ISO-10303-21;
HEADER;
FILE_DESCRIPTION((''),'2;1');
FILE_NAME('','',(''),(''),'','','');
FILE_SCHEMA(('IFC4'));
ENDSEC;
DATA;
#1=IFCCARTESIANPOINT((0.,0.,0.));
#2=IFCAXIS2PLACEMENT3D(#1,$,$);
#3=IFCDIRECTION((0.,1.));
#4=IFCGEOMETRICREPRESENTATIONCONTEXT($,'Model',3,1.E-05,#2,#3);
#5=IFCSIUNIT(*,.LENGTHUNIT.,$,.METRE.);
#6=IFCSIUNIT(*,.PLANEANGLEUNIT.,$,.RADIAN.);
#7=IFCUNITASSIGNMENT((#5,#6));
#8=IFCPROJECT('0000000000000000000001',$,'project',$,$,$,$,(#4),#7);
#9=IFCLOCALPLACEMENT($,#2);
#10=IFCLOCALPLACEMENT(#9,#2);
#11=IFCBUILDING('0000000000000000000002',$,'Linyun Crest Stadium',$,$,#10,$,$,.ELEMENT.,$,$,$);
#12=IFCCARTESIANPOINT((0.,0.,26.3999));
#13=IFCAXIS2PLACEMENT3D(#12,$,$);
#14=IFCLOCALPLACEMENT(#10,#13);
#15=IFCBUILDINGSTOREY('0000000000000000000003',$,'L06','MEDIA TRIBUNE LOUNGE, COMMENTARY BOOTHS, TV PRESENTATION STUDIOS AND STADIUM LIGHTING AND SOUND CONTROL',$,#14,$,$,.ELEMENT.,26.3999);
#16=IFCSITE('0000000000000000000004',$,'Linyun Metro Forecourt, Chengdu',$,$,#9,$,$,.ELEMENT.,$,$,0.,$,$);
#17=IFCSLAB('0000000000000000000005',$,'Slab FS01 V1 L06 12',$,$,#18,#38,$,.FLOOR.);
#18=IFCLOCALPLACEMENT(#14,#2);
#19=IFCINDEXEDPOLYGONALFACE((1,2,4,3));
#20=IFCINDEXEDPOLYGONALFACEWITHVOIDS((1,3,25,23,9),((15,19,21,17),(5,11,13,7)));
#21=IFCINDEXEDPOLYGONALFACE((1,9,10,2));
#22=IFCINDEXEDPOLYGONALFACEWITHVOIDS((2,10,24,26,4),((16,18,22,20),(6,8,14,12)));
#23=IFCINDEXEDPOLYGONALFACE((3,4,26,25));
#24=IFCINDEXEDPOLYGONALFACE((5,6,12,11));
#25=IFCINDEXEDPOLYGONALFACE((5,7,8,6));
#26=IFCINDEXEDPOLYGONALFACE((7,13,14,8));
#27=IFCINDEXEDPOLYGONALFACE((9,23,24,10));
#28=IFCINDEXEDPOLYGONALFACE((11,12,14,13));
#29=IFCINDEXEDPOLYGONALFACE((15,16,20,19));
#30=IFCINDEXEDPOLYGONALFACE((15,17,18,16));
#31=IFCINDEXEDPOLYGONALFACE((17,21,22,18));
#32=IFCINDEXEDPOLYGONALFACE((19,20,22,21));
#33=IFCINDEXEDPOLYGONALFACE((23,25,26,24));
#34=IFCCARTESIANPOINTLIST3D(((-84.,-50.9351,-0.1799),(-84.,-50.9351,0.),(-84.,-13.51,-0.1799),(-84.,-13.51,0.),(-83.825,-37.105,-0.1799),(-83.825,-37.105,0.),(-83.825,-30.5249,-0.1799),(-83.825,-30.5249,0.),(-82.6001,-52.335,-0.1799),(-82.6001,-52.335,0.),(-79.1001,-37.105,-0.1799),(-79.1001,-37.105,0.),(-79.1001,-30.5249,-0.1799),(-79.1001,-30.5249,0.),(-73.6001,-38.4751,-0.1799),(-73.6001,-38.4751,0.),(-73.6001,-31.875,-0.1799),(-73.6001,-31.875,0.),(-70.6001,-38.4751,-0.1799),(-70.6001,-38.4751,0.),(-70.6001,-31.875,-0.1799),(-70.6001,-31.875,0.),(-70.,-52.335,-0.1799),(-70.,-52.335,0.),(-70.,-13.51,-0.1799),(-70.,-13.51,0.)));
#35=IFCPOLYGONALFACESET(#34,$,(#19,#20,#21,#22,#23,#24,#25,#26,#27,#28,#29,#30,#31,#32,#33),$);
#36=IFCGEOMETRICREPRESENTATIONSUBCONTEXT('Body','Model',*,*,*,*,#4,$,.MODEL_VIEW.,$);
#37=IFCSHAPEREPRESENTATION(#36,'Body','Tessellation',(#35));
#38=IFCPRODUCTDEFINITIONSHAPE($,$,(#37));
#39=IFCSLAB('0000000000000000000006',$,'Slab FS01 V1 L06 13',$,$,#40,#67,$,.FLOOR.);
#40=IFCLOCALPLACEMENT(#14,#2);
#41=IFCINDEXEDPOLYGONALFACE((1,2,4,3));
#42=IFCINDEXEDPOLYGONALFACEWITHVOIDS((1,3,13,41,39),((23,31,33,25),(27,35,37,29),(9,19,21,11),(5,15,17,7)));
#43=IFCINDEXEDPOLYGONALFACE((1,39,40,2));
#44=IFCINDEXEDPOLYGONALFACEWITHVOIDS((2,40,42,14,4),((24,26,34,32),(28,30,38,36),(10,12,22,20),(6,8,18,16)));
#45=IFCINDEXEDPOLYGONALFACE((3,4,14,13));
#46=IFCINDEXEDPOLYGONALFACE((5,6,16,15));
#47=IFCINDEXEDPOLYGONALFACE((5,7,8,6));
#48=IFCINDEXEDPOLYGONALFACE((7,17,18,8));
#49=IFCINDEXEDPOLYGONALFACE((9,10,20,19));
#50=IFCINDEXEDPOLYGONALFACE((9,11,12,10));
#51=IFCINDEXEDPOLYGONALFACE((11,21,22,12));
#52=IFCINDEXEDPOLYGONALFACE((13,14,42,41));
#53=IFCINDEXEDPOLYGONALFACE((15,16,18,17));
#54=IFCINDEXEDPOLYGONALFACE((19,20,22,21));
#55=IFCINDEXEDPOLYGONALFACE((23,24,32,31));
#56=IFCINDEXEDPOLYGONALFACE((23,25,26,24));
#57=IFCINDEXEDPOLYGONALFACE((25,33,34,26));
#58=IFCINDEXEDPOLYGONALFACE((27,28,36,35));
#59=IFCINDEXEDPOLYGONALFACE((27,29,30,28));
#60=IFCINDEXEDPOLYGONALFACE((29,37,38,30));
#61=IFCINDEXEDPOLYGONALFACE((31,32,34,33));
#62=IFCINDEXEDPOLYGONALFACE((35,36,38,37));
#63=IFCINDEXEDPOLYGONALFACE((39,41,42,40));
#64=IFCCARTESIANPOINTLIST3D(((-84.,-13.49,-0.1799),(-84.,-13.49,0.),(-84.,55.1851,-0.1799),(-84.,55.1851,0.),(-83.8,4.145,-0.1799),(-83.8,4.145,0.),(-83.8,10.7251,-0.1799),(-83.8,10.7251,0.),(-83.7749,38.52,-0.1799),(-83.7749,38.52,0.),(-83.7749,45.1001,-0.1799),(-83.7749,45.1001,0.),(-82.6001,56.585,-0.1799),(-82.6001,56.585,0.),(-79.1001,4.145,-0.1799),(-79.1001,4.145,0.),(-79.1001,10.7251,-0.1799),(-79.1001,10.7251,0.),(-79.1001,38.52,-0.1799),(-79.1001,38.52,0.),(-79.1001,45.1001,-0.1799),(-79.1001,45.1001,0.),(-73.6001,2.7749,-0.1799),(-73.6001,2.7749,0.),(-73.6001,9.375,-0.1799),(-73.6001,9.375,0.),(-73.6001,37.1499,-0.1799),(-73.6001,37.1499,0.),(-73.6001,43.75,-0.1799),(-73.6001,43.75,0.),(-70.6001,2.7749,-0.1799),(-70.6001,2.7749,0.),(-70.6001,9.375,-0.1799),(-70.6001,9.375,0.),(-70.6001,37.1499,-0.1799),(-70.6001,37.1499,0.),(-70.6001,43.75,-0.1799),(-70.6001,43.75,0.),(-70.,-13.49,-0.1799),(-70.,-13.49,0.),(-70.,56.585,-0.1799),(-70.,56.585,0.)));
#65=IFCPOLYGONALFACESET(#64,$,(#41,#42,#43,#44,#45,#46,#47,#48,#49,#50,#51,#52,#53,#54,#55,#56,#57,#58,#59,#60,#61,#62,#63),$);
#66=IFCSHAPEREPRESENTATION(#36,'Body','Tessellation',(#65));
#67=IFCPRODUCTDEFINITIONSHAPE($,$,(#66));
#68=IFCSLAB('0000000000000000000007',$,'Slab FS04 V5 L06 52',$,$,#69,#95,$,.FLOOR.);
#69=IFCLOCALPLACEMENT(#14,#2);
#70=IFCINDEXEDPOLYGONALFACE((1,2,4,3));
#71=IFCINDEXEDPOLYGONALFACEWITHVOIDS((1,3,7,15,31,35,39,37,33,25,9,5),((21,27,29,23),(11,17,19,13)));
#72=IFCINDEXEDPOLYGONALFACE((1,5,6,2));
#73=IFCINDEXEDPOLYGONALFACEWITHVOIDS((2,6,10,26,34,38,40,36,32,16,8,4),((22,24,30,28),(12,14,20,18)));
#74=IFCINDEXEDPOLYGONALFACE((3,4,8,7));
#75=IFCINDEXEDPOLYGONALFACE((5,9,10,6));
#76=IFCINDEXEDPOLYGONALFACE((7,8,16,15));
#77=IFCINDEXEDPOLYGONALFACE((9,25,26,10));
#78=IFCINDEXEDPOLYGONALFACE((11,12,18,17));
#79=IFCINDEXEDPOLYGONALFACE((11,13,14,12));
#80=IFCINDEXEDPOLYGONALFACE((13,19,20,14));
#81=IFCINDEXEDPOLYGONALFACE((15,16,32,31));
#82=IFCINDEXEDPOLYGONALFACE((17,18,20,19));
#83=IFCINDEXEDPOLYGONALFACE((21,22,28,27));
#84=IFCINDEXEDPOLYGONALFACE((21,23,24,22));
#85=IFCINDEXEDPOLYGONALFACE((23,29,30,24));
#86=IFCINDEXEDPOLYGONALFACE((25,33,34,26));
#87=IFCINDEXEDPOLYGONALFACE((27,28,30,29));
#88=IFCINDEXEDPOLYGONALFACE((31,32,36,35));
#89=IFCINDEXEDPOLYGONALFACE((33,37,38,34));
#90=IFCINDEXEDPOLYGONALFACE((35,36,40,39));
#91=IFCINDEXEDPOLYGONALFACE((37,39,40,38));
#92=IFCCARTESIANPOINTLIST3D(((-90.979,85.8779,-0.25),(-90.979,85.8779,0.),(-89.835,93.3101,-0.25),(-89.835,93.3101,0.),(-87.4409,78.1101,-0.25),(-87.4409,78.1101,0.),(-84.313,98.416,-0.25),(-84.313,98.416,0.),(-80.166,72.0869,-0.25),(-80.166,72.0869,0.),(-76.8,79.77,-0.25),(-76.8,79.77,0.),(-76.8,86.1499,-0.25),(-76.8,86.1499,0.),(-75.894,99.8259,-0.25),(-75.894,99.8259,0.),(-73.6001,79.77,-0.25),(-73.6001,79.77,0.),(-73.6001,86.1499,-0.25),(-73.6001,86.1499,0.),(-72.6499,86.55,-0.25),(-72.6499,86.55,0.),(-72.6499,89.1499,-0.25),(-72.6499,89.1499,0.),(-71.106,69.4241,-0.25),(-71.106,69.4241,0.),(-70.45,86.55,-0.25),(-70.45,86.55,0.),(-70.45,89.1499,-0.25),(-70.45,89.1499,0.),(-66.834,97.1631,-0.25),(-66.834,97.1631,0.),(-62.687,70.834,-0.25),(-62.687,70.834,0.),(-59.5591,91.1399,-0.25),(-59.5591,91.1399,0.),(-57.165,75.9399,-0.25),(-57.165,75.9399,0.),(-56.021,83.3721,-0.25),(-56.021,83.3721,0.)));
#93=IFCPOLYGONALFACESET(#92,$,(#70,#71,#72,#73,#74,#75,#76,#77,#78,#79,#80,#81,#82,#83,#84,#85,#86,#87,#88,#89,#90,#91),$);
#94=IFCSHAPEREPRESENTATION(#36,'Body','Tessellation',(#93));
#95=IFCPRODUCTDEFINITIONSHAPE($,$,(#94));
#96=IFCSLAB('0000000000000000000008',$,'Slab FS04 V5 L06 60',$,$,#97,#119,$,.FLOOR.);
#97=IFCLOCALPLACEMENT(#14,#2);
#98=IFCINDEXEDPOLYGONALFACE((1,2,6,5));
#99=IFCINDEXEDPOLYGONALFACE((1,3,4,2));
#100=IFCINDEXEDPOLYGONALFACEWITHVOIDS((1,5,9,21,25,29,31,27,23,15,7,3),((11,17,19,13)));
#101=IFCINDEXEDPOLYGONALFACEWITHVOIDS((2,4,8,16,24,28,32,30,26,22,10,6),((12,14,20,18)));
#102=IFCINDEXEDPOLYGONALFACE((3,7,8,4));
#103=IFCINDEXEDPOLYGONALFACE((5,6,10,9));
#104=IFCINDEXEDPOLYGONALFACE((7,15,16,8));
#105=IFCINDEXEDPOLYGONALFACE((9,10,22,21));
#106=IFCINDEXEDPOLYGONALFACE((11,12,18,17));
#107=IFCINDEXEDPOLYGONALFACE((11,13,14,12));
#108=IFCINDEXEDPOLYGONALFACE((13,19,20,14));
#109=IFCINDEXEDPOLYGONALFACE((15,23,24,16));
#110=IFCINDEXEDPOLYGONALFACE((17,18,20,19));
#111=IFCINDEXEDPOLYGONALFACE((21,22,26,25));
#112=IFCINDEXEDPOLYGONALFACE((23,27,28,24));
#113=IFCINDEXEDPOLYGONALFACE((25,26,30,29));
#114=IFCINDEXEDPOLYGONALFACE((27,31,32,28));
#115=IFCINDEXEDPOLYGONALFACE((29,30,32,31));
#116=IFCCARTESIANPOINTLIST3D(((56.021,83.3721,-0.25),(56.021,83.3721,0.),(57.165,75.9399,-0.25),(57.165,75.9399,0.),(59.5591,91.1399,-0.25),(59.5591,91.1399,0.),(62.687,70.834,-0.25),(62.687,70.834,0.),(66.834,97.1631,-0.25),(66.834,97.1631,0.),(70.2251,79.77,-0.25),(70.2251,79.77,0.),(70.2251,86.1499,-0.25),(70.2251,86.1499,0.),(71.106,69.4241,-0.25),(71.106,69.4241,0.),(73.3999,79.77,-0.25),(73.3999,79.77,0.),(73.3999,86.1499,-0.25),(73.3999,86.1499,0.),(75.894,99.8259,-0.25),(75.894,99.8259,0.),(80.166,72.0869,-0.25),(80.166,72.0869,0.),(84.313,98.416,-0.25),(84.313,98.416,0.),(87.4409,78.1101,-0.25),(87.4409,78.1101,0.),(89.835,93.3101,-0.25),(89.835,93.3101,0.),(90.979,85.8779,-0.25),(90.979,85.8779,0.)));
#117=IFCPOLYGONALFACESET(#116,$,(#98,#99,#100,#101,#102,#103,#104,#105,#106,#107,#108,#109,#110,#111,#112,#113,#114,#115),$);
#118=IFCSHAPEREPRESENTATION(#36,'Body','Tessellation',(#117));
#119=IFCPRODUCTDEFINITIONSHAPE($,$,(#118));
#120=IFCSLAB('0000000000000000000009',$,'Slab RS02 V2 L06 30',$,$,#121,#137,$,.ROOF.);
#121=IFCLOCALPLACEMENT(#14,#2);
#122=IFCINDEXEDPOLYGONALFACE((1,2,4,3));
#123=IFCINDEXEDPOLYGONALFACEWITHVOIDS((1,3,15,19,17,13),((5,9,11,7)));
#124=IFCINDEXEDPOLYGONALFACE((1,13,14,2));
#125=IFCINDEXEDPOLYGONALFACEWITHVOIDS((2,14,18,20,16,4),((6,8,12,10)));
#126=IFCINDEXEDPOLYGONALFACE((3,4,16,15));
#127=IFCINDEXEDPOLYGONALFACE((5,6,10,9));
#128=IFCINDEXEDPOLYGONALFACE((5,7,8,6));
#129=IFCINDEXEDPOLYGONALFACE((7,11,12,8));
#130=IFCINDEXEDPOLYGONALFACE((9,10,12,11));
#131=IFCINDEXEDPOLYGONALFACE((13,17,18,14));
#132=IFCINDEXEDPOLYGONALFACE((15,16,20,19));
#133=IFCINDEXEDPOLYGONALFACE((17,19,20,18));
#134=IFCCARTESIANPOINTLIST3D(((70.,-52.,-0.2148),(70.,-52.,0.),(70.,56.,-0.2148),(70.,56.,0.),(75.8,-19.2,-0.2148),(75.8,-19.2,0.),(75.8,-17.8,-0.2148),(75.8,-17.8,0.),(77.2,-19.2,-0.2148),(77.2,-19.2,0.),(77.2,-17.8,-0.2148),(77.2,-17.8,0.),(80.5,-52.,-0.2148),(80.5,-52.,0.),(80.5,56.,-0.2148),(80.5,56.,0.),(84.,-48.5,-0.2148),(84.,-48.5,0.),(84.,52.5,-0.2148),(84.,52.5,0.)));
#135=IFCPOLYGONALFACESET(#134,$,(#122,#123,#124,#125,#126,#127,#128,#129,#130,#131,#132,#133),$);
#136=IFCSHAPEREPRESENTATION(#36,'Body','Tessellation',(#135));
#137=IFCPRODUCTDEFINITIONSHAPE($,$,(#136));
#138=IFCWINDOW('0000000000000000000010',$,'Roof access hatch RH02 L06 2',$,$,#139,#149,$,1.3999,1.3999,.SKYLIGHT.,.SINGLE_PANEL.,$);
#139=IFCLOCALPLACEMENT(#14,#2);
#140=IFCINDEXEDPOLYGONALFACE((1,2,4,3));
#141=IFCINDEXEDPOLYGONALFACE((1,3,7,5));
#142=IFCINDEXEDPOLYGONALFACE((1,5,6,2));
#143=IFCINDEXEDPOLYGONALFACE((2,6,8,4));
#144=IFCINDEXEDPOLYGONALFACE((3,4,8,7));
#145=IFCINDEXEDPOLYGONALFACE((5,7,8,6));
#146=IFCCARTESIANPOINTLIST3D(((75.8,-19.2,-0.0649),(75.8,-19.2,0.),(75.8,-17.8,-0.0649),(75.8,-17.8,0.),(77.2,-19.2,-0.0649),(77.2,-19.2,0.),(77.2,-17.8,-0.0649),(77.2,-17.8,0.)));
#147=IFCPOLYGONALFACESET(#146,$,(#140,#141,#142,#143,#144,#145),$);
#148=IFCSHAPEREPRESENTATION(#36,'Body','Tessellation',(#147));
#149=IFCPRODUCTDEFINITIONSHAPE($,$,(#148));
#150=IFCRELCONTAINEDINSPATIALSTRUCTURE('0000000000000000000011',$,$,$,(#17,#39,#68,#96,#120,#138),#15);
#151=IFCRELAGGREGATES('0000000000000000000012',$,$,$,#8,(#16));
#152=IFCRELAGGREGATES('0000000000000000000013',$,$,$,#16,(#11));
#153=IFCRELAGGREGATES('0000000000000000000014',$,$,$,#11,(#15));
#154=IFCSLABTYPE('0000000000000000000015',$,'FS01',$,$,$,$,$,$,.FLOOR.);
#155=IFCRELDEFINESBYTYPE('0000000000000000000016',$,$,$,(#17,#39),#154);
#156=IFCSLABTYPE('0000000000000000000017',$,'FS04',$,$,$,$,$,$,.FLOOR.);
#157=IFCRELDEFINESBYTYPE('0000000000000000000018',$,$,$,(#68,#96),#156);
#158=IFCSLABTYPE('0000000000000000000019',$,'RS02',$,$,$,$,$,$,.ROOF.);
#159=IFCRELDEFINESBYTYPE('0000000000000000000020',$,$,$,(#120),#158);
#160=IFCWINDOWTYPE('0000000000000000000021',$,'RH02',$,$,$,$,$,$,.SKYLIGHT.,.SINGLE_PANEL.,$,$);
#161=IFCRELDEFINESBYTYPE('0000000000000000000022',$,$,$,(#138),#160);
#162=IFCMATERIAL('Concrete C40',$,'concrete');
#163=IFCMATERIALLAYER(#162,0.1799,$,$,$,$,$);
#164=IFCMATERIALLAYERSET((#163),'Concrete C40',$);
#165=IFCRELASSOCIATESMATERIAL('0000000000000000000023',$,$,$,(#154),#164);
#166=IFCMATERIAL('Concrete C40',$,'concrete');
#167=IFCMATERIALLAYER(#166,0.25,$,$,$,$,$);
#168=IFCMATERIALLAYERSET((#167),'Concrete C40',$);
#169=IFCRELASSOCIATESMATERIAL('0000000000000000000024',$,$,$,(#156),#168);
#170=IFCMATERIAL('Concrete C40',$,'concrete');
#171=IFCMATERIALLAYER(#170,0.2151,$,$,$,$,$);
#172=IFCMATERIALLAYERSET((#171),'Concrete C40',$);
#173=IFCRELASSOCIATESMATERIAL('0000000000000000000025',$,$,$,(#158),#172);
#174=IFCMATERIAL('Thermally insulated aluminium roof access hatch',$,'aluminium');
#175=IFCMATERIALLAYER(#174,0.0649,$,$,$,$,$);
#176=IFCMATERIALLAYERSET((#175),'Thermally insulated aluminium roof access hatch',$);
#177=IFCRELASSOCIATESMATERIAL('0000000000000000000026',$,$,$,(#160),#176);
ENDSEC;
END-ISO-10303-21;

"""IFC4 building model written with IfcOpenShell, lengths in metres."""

from ifc_helpers import new_model, si_unit, direction, frame, origin, origin_2d, place, context, subcontext, project, spatial, polyline, rectangle, outline, extrude, material, layer, layer_set, type_object, element, fill, save


model = new_model("IFC4")

# Units and contexts
model_context = context("Model", 3, precision=1e-05, world=origin(), true_north=direction((0.0, 1.0)))
body_context = subcontext(model_context, "Body", "Model", "MODEL_VIEW")
ifc_project = project(units=[si_unit("LENGTHUNIT", "METRE"), si_unit("PLANEANGLEUNIT", "RADIAN")], contexts=[model_context])

# Site, building, storey
site_placement = place(None, origin())
site = spatial("IfcSite", under=ifc_project, at=site_placement, Name="Linyun Metro Forecourt, Chengdu", CompositionType="ELEMENT", RefElevation=0.0)
building_placement = place(site_placement, origin())
building = spatial("IfcBuilding", under=site, at=building_placement, Name="Linyun Crest Stadium", CompositionType="ELEMENT")
storey_placement = place(building_placement, frame((0.0, 0.0, 26.3999)))
storey = spatial("IfcBuildingStorey", under=building, at=storey_placement, Name="L06", Description="MEDIA TRIBUNE LOUNGE, COMMENTARY BOOTHS, TV PRESENTATION STUDIOS AND STADIUM LIGHTING AND SOUND CONTROL", CompositionType="ELEMENT", Elevation=26.3999)

# Slabs
ifc_material_1 = material(Name="Concrete C40", Category="concrete")
ifc_layer_1 = layer(ifc_material_1, 0.1799)
ifc_layer_set_1 = layer_set([ifc_layer_1], Name="Concrete C40")
slab_type_1 = type_object("IfcSlabType", Name="FS01", PredefinedType="FLOOR", material=ifc_layer_set_1)
slab_1_placement = place(storey_placement, frame((0.0, 0.0, -0.1799)))
element("IfcSlab", 1, at=slab_1_placement, inside=storey, type_object=slab_type_1, Name="Slab FS01 V1 L06 12", PredefinedType="FLOOR", context=body_context, shape_type="SweptSolid", body=[
    extrude(outline(polyline([(-82.6001, -52.335), (-70.0, -52.335), (-70.0, -13.51), (-84.0, -13.51), (-84.0, -50.9351), (-82.6001, -52.335)]), holes=[polyline([(-83.825, -37.105), (-83.825, -30.5249), (-79.1001, -30.5249), (-79.1001, -37.105), (-83.825, -37.105)]), polyline([(-73.6001, -38.4751), (-73.6001, -31.875), (-70.6001, -31.875), (-70.6001, -38.4751), (-73.6001, -38.4751)])]), origin(), (0.0, 0.0, 1.0), 0.1799),
])
slab_2_placement = place(storey_placement, frame((0.0, 0.0, -0.1799)))
element("IfcSlab", 2, at=slab_2_placement, inside=storey, type_object=slab_type_1, Name="Slab FS01 V1 L06 13", PredefinedType="FLOOR", context=body_context, shape_type="SweptSolid", body=[
    extrude(outline(polyline([(-84.0, -13.49), (-70.0, -13.49), (-70.0, 56.585), (-82.6001, 56.585), (-84.0, 55.1851), (-84.0, -13.49)]), holes=[polyline([(-83.8, 4.145), (-83.8, 10.7251), (-79.1001, 10.7251), (-79.1001, 4.145), (-83.8, 4.145)]), polyline([(-73.6001, 2.7749), (-73.6001, 9.375), (-70.6001, 9.375), (-70.6001, 2.7749), (-73.6001, 2.7749)]), polyline([(-83.7749, 38.52), (-83.7749, 45.1001), (-79.1001, 45.1001), (-79.1001, 38.52), (-83.7749, 38.52)]), polyline([(-73.6001, 37.1499), (-73.6001, 43.75), (-70.6001, 43.75), (-70.6001, 37.1499), (-73.6001, 37.1499)])]), origin(), (0.0, 0.0, 1.0), 0.1799),
])
ifc_material_2 = material(Name="Concrete C40", Category="concrete")
ifc_layer_2 = layer(ifc_material_2, 0.25)
ifc_layer_set_2 = layer_set([ifc_layer_2], Name="Concrete C40")
slab_type_2 = type_object("IfcSlabType", Name="FS04", PredefinedType="FLOOR", material=ifc_layer_set_2)
slab_3_placement = place(storey_placement, frame((0.0, 0.0, -0.25)))
element("IfcSlab", 3, at=slab_3_placement, inside=storey, type_object=slab_type_2, Name="Slab FS04 V5 L06 52", PredefinedType="FLOOR", context=body_context, shape_type="SweptSolid", body=[
    extrude(outline(polyline([(-57.165, 75.9399), (-56.021, 83.3721), (-59.5591, 91.1399), (-66.834, 97.1631), (-75.894, 99.8259), (-84.313, 98.416), (-89.835, 93.3101), (-90.979, 85.8779), (-87.4409, 78.1101), (-80.166, 72.0869), (-71.106, 69.4241), (-62.687, 70.834), (-57.165, 75.9399)]), holes=[polyline([(-76.8, 79.77), (-76.8, 86.1499), (-73.6001, 86.1499), (-73.6001, 79.77), (-76.8, 79.77)]), polyline([(-72.6499, 86.55), (-72.6499, 89.1499), (-70.45, 89.1499), (-70.45, 86.55), (-72.6499, 86.55)])]), origin(), (0.0, 0.0, 1.0), 0.25),
])
slab_4_placement = place(storey_placement, frame((0.0, 0.0, -0.25)))
element("IfcSlab", 4, at=slab_4_placement, inside=storey, type_object=slab_type_2, Name="Slab FS04 V5 L06 60", PredefinedType="FLOOR", context=body_context, shape_type="SweptSolid", body=[
    extrude(outline(polyline([(89.835, 93.3101), (84.313, 98.416), (75.894, 99.8259), (66.834, 97.1631), (59.5591, 91.1399), (56.021, 83.3721), (57.165, 75.9399), (62.687, 70.834), (71.106, 69.4241), (80.166, 72.0869), (87.4409, 78.1101), (90.979, 85.8779), (89.835, 93.3101)]), holes=[polyline([(70.2251, 79.77), (70.2251, 86.1499), (73.3999, 86.1499), (73.3999, 79.77), (70.2251, 79.77)])]), origin(), (0.0, 0.0, 1.0), 0.25),
])

# Slab, opening, window
ifc_material_3 = material(Name="Concrete C40", Category="concrete")
ifc_layer_3 = layer(ifc_material_3, 0.2151)
ifc_layer_set_3 = layer_set([ifc_layer_3], Name="Concrete C40")
slab_type_3 = type_object("IfcSlabType", Name="RS02", PredefinedType="ROOF", material=ifc_layer_set_3)
slab_5_placement = place(storey_placement, frame((0.0, 0.0, -0.2148)))
slab_5 = element("IfcSlab", 5, at=slab_5_placement, inside=storey, type_object=slab_type_3, Name="Slab RS02 V2 L06 30", PredefinedType="ROOF", context=body_context, shape_type="SweptSolid", body=[
    extrude(outline(polyline([(70.0, -52.0), (80.5, -52.0), (84.0, -48.5), (84.0, 52.5), (80.5, 56.0), (70.0, 56.0), (70.0, -52.0)])), origin(), (0.0, 0.0, 1.0), 0.2148),
])
opening_1_placement = place(slab_5_placement, frame((76.5, -18.5, 0.0)))
opening_1 = element("IfcOpeningElement", 6, at=opening_1_placement, cuts=slab_5, PredefinedType="OPENING", context=body_context, shape_type="SweptSolid", body=[
    extrude(rectangle(XDim=1.3999, YDim=1.3999, at=origin_2d()), origin(), (0.0, 0.0, 1.0), 0.2148),
])
ifc_material_4 = material(Name="Thermally insulated aluminium roof access hatch", Category="aluminium")
ifc_layer_4 = layer(ifc_material_4, 0.0649)
ifc_layer_set_4 = layer_set([ifc_layer_4], Name="Thermally insulated aluminium roof access hatch")
window_type_1 = type_object("IfcWindowType", Name="RH02", PartitioningType="SINGLE_PANEL", PredefinedType="SKYLIGHT", material=ifc_layer_set_4)
window_1_placement = place(opening_1_placement, frame((0.0, 0.0, 0.1499)))
window_1 = element("IfcWindow", 7, at=window_1_placement, inside=storey, type_object=window_type_1, Name="Roof access hatch RH02 L06 2", OverallHeight=1.3999, OverallWidth=1.3999, PartitioningType="SINGLE_PANEL", PredefinedType="SKYLIGHT", context=body_context, shape_type="SweptSolid", body=[
    extrude(rectangle(XDim=1.3999, YDim=1.3999, at=origin_2d()), origin(), (0.0, 0.0, 1.0), 0.0649),
])
fill(opening_1, window_1)

save(model, "model.ifc")
